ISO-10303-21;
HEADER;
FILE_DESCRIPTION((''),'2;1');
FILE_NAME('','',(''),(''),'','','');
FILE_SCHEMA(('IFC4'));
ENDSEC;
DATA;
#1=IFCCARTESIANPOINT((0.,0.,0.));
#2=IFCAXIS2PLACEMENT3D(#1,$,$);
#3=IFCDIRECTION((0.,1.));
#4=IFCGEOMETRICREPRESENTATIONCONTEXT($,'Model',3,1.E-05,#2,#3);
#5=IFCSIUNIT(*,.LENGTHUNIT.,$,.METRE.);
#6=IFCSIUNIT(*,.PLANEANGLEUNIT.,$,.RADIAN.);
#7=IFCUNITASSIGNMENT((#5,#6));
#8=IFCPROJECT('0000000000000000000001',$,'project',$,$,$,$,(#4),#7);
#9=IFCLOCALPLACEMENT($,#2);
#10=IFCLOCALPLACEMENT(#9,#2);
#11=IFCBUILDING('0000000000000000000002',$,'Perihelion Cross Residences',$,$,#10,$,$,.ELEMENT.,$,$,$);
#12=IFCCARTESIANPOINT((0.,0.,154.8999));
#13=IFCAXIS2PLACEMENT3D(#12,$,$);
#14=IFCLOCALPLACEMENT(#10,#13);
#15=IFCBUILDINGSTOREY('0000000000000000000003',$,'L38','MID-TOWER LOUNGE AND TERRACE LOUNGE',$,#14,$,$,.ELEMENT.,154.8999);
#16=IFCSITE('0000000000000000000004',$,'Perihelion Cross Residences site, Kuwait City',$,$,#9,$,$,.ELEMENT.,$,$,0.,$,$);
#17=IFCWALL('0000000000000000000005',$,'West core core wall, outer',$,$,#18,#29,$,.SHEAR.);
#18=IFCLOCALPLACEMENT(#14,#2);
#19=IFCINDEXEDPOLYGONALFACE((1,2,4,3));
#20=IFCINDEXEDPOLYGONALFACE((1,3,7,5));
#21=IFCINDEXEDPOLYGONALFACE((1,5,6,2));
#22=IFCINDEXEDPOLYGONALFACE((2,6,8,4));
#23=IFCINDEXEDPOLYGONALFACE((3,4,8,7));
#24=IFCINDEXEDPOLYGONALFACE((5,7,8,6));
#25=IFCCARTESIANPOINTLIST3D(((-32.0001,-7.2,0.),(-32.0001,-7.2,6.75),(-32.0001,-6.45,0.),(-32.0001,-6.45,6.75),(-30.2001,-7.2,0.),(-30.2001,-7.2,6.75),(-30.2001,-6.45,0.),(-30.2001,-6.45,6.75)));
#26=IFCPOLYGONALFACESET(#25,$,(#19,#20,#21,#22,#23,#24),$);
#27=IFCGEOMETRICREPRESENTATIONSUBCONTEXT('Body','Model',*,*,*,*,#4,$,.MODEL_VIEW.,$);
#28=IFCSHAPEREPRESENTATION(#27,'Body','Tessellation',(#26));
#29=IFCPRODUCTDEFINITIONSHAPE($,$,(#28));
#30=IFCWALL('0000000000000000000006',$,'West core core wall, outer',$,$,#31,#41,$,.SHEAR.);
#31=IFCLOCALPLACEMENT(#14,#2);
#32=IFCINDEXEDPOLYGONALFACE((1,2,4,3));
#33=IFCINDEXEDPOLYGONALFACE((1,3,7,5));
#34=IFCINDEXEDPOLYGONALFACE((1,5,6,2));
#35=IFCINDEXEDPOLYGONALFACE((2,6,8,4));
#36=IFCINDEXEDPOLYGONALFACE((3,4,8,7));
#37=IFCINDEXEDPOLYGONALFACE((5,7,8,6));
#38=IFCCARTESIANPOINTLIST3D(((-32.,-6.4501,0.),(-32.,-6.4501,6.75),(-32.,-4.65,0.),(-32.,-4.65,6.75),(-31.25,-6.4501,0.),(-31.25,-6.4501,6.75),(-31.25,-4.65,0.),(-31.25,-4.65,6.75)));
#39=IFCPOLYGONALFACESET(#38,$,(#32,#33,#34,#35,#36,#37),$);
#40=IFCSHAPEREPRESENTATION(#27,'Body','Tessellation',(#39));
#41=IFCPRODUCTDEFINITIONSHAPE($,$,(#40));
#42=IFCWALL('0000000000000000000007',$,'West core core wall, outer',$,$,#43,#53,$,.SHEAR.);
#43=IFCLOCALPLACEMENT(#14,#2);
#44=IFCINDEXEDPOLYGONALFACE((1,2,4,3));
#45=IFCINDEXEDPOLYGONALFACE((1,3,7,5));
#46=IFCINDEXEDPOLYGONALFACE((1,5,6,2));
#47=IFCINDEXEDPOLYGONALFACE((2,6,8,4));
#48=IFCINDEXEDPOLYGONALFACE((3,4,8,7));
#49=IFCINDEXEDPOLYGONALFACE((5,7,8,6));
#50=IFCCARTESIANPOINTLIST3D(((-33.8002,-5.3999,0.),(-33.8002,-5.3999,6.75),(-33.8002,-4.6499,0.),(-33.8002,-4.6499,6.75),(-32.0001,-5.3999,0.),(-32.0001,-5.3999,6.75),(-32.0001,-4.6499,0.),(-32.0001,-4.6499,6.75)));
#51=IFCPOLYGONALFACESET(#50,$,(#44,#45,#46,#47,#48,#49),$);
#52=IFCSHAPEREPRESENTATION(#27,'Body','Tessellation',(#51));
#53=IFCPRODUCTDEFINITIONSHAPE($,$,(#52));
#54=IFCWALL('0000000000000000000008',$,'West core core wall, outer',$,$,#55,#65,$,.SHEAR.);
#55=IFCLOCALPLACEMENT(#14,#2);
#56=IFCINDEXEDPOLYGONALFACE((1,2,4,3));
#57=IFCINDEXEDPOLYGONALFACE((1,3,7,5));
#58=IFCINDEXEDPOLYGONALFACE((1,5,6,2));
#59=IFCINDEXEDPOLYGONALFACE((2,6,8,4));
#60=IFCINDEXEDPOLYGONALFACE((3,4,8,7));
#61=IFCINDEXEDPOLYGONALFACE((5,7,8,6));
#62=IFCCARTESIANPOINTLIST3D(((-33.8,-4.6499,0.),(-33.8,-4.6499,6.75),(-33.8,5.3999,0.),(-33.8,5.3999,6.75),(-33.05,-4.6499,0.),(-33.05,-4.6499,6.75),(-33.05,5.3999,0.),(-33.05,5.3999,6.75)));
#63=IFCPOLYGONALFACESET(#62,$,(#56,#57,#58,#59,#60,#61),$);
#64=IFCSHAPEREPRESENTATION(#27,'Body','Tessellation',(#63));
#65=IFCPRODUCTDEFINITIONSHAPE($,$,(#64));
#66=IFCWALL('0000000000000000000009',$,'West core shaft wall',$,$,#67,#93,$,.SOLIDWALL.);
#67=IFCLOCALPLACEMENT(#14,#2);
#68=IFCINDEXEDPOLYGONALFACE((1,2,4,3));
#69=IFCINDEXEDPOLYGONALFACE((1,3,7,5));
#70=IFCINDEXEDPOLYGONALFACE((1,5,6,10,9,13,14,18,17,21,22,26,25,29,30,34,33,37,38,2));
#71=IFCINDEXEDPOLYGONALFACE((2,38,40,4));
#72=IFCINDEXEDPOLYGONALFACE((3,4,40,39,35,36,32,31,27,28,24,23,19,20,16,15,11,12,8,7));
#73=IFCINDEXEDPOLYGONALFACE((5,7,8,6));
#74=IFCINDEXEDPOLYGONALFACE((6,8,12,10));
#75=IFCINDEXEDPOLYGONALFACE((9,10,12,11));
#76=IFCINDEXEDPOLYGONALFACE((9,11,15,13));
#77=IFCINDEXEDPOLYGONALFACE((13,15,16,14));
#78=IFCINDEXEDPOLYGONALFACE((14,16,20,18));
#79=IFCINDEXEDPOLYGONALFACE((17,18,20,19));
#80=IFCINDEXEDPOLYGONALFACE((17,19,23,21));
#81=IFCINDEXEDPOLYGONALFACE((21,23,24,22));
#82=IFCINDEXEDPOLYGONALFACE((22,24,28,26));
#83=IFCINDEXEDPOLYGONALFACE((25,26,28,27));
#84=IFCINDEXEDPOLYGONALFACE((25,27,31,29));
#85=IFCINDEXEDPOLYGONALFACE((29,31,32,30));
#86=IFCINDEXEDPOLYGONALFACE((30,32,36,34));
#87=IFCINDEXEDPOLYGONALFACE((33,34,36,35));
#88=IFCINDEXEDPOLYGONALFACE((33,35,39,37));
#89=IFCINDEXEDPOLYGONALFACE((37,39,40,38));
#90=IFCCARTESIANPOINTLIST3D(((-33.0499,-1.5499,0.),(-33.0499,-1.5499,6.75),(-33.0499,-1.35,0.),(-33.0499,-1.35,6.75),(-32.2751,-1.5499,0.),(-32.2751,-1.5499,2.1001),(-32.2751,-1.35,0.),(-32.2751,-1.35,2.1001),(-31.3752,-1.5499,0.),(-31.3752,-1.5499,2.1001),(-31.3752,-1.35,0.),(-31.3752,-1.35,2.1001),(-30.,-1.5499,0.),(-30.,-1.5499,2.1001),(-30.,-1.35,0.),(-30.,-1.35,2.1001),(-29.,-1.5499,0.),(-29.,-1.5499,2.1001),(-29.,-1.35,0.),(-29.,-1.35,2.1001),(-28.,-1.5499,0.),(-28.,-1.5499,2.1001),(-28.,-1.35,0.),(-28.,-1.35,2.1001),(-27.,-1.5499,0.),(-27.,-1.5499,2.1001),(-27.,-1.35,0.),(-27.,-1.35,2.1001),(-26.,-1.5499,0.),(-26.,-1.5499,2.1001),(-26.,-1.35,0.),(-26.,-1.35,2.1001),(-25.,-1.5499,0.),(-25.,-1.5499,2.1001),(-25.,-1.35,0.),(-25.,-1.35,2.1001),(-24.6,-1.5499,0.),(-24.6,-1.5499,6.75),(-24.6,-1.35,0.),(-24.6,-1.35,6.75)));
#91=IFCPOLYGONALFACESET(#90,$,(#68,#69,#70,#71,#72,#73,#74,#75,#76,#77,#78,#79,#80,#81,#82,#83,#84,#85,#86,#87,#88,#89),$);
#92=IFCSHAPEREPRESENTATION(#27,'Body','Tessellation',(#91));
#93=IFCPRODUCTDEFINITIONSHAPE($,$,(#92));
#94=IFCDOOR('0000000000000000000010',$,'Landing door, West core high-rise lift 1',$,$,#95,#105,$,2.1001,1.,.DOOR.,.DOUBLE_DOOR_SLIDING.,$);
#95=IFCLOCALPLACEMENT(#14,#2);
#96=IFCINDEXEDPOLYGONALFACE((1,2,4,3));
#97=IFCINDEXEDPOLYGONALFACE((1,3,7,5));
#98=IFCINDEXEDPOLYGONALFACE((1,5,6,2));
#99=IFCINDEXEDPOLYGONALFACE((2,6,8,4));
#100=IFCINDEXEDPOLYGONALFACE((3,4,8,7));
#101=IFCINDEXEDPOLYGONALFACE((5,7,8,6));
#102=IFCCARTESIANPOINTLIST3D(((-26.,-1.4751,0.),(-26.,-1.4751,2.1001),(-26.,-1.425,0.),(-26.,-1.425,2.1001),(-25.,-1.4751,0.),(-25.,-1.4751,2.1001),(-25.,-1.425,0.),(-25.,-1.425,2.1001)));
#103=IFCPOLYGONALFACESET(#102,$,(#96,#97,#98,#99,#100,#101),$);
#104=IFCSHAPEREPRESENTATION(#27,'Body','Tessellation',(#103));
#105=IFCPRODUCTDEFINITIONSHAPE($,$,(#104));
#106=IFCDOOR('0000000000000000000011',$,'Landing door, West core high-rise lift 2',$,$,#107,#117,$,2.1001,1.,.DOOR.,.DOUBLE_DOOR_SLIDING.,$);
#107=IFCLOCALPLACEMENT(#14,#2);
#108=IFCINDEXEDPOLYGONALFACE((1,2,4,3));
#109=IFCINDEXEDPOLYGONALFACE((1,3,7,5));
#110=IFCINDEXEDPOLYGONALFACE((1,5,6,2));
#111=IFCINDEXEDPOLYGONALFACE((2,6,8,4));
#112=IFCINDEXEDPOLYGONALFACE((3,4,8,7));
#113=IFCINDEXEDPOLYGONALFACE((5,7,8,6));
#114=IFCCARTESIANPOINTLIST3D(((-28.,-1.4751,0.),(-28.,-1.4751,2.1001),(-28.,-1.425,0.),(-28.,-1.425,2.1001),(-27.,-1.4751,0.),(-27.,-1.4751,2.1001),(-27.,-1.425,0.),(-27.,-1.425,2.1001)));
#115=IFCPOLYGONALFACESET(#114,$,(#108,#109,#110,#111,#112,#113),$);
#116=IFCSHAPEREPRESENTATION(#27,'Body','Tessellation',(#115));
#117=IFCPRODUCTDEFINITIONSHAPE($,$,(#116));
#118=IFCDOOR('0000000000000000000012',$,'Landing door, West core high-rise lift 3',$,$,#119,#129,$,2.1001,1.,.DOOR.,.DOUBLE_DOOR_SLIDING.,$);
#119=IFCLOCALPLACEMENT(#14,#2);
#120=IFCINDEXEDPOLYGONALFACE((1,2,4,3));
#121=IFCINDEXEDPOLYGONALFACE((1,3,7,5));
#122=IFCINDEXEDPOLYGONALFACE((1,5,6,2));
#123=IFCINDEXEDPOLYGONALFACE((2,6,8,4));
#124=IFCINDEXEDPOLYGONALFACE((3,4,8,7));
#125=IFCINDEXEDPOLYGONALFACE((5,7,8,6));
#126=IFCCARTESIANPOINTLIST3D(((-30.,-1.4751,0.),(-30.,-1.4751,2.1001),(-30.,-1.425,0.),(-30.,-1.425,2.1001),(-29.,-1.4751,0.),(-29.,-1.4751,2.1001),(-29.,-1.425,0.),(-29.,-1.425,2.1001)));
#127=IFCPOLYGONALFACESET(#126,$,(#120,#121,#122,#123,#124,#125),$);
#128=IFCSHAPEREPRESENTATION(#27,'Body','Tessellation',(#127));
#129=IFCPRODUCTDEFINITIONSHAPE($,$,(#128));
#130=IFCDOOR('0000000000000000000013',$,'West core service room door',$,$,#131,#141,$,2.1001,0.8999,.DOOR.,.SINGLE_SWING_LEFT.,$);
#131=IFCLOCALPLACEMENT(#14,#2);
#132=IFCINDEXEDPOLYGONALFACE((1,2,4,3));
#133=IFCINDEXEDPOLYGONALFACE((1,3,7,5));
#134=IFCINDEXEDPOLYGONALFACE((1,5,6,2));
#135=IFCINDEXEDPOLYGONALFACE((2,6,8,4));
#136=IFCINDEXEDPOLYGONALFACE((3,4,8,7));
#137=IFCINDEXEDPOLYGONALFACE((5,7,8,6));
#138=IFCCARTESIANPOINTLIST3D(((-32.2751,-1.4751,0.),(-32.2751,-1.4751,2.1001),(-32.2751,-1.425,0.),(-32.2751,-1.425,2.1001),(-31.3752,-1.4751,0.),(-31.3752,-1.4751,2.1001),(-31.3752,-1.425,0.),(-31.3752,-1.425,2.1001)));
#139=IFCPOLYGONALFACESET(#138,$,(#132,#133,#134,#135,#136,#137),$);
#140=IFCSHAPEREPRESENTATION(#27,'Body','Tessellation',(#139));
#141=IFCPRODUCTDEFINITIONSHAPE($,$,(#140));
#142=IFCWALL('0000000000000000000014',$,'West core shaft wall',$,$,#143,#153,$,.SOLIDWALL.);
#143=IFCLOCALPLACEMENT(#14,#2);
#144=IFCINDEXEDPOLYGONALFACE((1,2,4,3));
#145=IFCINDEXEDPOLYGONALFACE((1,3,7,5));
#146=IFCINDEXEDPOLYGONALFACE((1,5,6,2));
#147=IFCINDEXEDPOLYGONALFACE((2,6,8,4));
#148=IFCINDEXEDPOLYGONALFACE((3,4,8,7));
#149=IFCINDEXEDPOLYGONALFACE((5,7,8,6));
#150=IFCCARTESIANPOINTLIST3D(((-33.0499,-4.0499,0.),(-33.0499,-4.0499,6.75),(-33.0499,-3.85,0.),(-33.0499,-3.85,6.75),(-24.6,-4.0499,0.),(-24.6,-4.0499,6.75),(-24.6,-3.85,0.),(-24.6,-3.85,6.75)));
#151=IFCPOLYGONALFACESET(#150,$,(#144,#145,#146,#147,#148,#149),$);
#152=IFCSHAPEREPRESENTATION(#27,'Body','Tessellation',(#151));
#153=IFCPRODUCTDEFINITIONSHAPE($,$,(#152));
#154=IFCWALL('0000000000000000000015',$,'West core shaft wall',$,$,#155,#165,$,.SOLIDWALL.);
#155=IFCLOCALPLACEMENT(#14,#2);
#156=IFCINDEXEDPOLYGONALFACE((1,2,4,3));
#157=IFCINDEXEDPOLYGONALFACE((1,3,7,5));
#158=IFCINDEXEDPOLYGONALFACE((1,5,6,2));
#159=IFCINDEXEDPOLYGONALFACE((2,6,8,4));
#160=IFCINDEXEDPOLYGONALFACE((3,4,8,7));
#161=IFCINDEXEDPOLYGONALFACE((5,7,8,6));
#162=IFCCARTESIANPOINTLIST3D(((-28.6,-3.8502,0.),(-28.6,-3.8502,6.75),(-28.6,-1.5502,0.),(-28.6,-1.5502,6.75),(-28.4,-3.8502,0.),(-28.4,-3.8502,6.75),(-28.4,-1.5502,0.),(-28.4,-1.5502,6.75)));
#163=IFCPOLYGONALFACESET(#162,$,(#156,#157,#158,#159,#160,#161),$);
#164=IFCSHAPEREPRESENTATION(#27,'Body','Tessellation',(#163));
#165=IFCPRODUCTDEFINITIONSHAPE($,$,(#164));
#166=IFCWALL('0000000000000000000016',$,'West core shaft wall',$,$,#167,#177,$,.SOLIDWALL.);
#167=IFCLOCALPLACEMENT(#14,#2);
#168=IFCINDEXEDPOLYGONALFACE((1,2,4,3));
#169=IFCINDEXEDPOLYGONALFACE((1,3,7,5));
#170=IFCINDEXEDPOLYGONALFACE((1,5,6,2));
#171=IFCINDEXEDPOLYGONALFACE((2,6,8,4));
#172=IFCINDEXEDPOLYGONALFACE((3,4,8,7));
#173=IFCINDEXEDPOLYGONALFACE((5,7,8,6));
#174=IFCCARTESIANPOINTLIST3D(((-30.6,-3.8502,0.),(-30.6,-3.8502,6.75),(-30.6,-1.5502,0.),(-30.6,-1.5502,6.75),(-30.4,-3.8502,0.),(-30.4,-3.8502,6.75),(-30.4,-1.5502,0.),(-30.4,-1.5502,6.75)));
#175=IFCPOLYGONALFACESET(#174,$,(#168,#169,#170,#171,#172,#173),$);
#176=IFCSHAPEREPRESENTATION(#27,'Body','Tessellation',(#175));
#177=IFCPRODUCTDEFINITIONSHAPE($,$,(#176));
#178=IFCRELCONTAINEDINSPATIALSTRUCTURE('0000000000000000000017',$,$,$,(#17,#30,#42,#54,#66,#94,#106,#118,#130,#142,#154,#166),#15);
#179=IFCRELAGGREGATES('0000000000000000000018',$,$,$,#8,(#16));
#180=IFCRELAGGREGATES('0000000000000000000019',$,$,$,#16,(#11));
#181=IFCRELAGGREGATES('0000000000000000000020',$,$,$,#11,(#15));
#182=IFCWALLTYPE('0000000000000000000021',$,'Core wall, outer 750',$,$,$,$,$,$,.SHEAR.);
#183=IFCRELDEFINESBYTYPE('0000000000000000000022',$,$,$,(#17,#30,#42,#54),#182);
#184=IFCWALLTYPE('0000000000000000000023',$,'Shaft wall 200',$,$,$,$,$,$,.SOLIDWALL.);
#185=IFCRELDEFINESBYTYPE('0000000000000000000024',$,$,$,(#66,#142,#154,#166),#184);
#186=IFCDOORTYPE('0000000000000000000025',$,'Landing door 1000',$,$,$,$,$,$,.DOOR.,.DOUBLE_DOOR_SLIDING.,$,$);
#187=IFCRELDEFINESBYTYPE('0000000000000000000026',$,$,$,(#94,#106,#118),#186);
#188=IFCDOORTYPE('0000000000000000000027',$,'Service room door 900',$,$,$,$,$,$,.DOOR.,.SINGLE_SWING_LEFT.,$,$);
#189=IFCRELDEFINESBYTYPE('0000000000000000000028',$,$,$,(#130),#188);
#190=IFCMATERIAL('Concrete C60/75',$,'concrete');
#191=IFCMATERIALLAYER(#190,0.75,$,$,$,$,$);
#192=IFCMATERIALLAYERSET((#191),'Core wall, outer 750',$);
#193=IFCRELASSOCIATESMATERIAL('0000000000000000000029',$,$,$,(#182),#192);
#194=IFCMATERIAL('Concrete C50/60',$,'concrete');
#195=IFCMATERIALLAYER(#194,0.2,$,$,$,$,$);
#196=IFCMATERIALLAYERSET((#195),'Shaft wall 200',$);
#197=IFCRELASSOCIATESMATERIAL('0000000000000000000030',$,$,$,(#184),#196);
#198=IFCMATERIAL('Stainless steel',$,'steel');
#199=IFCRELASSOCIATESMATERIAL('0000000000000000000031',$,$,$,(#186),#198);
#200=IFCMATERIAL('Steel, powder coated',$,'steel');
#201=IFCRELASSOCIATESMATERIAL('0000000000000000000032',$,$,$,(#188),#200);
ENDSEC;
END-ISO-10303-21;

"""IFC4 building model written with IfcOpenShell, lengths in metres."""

from ifc_helpers import new_model, si_unit, direction, frame, frame_2d, origin, place, context, subcontext, project, spatial, rectangle, extrude, material, layer, layer_set, type_object, element, fill, save


model = new_model("IFC4")

# Units and contexts
model_context = context("Model", 3, precision=1e-05, world=origin(), true_north=direction((0.0, 1.0)))
body_context = subcontext(model_context, "Body", "Model", "MODEL_VIEW")
ifc_project = project(units=[si_unit("LENGTHUNIT", "METRE"), si_unit("PLANEANGLEUNIT", "RADIAN")], contexts=[model_context])

# Site, building, storey
site_placement = place(None, origin())
site = spatial("IfcSite", under=ifc_project, at=site_placement, Name="Perihelion Cross Residences site, Kuwait City", CompositionType="ELEMENT", RefElevation=0.0)
building_placement = place(site_placement, origin())
building = spatial("IfcBuilding", under=site, at=building_placement, Name="Perihelion Cross Residences", CompositionType="ELEMENT")
storey_placement = place(building_placement, frame((0.0, 0.0, 154.8999)))
storey = spatial("IfcBuildingStorey", under=building, at=storey_placement, Name="L38", Description="MID-TOWER LOUNGE AND TERRACE LOUNGE", CompositionType="ELEMENT", Elevation=154.8999)

# Walls
ifc_material_1 = material(Name="Concrete C60/75", Category="concrete")
ifc_layer_1 = layer(ifc_material_1, 0.75)
ifc_layer_set_1 = layer_set([ifc_layer_1], Name="Core wall, outer 750")
wall_type_1 = type_object("IfcWallType", Name="Core wall, outer 750", PredefinedType="SHEAR", material=ifc_layer_set_1)
for number, where, z_axis, x_axis, name in (
    (1, (-32.0, -6.825, 0.0), (0.0, 0.0, 1.0), (1.0, 0.0, 0.0), "West core core wall, outer"),
    (2, (-31.625, -6.45, 0.0), (0.0, 0.0, 1.0), (0.0, 1.0, 0.0), "West core core wall, outer"),
    (3, (-33.8, -5.0249, 0.0), (0.0, 0.0, 1.0), (1.0, 0.0, 0.0), "West core core wall, outer"),
):
    element("IfcWall", number, at=place(storey_placement, frame(where, z_axis=z_axis, x_axis=x_axis)), inside=storey, type_object=wall_type_1, Name=name, PredefinedType="SHEAR", context=body_context, shape_type="SweptSolid", body=[
        extrude(rectangle(XDim=1.8, YDim=0.75, at=frame_2d((0.8999, 0.0))), origin(), (0.0, 0.0, 1.0), 6.75),
    ])
wall_1_placement = place(storey_placement, frame((-33.425, -4.6499, 0.0), z_axis=(0.0, 0.0, 1.0), x_axis=(0.0, 1.0, 0.0)))
element("IfcWall", 4, at=wall_1_placement, inside=storey, type_object=wall_type_1, Name="West core core wall, outer", PredefinedType="SHEAR", context=body_context, shape_type="SweptSolid", body=[
    extrude(rectangle(XDim=10.0498, YDim=0.75, at=frame_2d((5.0249, 0.0))), origin(), (0.0, 0.0, 1.0), 6.75),
])

# Wall, openings, doors
ifc_material_2 = material(Name="Concrete C50/60", Category="concrete")
ifc_layer_2 = layer(ifc_material_2, 0.2)
ifc_layer_set_2 = layer_set([ifc_layer_2], Name="Shaft wall 200")
wall_type_2 = type_object("IfcWallType", Name="Shaft wall 200", PredefinedType="SOLIDWALL", material=ifc_layer_set_2)
wall_2_placement = place(storey_placement, frame((-33.05, -1.45, 0.0), z_axis=(0.0, 0.0, 1.0), x_axis=(1.0, 0.0, 0.0)))
wall_2 = element("IfcWall", 5, at=wall_2_placement, inside=storey, type_object=wall_type_2, Name="West core shaft wall", PredefinedType="SOLIDWALL", context=body_context, shape_type="SweptSolid", body=[
    extrude(rectangle(XDim=8.45, YDim=0.2, at=frame_2d((4.2251, 0.0))), origin(), (0.0, 0.0, 1.0), 6.75),
])
opening_1_placement = place(wall_2_placement, frame((7.05, 0.0, 0.0)))
opening_1 = element("IfcOpeningElement", 6, at=opening_1_placement, cuts=wall_2, PredefinedType="OPENING", context=body_context, shape_type="SweptSolid", body=[
    extrude(rectangle(XDim=1.0, YDim=2.1001, at=frame_2d((0.5, 1.05))), frame((0.0, 0.1099, 0.0), z_axis=(0.0, -1.0, 0.0), x_axis=(1.0, 0.0, 0.0)), (0.0, 0.0, 1.0), 0.22),
])
opening_2_placement = place(wall_2_placement, frame((5.05, 0.0, 0.0)))
opening_2 = element("IfcOpeningElement", 7, at=opening_2_placement, cuts=wall_2, PredefinedType="OPENING", context=body_context, shape_type="SweptSolid", body=[
    extrude(rectangle(XDim=1.0, YDim=2.1001, at=frame_2d((0.5, 1.05))), frame((0.0, 0.1099, 0.0), z_axis=(0.0, -1.0, 0.0), x_axis=(1.0, 0.0, 0.0)), (0.0, 0.0, 1.0), 0.22),
])
opening_3_placement = place(wall_2_placement, frame((3.05, 0.0, 0.0)))
opening_3 = element("IfcOpeningElement", 8, at=opening_3_placement, cuts=wall_2, PredefinedType="OPENING", context=body_context, shape_type="SweptSolid", body=[
    extrude(rectangle(XDim=1.0, YDim=2.1001, at=frame_2d((0.5, 1.05))), frame((0.0, 0.1099, 0.0), z_axis=(0.0, -1.0, 0.0), x_axis=(1.0, 0.0, 0.0)), (0.0, 0.0, 1.0), 0.22),
])
opening_4_placement = place(wall_2_placement, frame((0.7749, 0.0, 0.0)))
opening_4 = element("IfcOpeningElement", 9, at=opening_4_placement, cuts=wall_2, PredefinedType="OPENING", context=body_context, shape_type="SweptSolid", body=[
    extrude(rectangle(XDim=0.8999, YDim=2.1001, at=frame_2d((0.45, 1.05))), frame((0.0, 0.1099, 0.0), z_axis=(0.0, -1.0, 0.0), x_axis=(1.0, 0.0, 0.0)), (0.0, 0.0, 1.0), 0.22),
])
ifc_material_3 = material(Name="Stainless steel", Category="steel")
door_type_1 = type_object("IfcDoorType", Name="Landing door 1000", OperationType="DOUBLE_DOOR_SLIDING", PredefinedType="DOOR", material=ifc_material_3)
door_1_placement = place(opening_1_placement, origin())
door_1 = element("IfcDoor", 10, at=door_1_placement, inside=storey, type_object=door_type_1, Name="Landing door, West core high-rise lift 1", OperationType="DOUBLE_DOOR_SLIDING", OverallHeight=2.1001, OverallWidth=1.0, PredefinedType="DOOR", context=body_context, shape_type="SweptSolid", body=[
    extrude(rectangle(XDim=1.0, YDim=2.1001, at=frame_2d((0.5, 1.05))), frame((0.0, 0.0249, 0.0), z_axis=(0.0, -1.0, 0.0), x_axis=(1.0, 0.0, 0.0)), (0.0, 0.0, 1.0), 0.05),
])
fill(opening_1, door_1)
door_2_placement = place(opening_2_placement, origin())
door_2 = element("IfcDoor", 11, at=door_2_placement, inside=storey, type_object=door_type_1, Name="Landing door, West core high-rise lift 2", OperationType="DOUBLE_DOOR_SLIDING", OverallHeight=2.1001, OverallWidth=1.0, PredefinedType="DOOR", context=body_context, shape_type="SweptSolid", body=[
    extrude(rectangle(XDim=1.0, YDim=2.1001, at=frame_2d((0.5, 1.05))), frame((0.0, 0.0249, 0.0), z_axis=(0.0, -1.0, 0.0), x_axis=(1.0, 0.0, 0.0)), (0.0, 0.0, 1.0), 0.05),
])
fill(opening_2, door_2)
door_3_placement = place(opening_3_placement, origin())
door_3 = element("IfcDoor", 12, at=door_3_placement, inside=storey, type_object=door_type_1, Name="Landing door, West core high-rise lift 3", OperationType="DOUBLE_DOOR_SLIDING", OverallHeight=2.1001, OverallWidth=1.0, PredefinedType="DOOR", context=body_context, shape_type="SweptSolid", body=[
    extrude(rectangle(XDim=1.0, YDim=2.1001, at=frame_2d((0.5, 1.05))), frame((0.0, 0.0249, 0.0), z_axis=(0.0, -1.0, 0.0), x_axis=(1.0, 0.0, 0.0)), (0.0, 0.0, 1.0), 0.05),
])
fill(opening_3, door_3)
ifc_material_4 = material(Name="Steel, powder coated", Category="steel")
door_type_2 = type_object("IfcDoorType", Name="Service room door 900", OperationType="SINGLE_SWING_LEFT", PredefinedType="DOOR", material=ifc_material_4)
door_4_placement = place(opening_4_placement, origin())
door_4 = element("IfcDoor", 13, at=door_4_placement, inside=storey, type_object=door_type_2, Name="West core service room door", OperationType="SINGLE_SWING_LEFT", OverallHeight=2.1001, OverallWidth=0.8999, PredefinedType="DOOR", context=body_context, shape_type="SweptSolid", body=[
    extrude(rectangle(XDim=0.8999, YDim=2.1001, at=frame_2d((0.45, 1.05))), frame((0.0, 0.0249, 0.0), z_axis=(0.0, -1.0, 0.0), x_axis=(1.0, 0.0, 0.0)), (0.0, 0.0, 1.0), 0.05),
])
fill(opening_4, door_4)

# Walls
wall_3_placement = place(storey_placement, frame((-33.05, -3.95, 0.0), z_axis=(0.0, 0.0, 1.0), x_axis=(1.0, 0.0, 0.0)))
element("IfcWall", 14, at=wall_3_placement, inside=storey, type_object=wall_type_2, Name="West core shaft wall", PredefinedType="SOLIDWALL", context=body_context, shape_type="SweptSolid", body=[
    extrude(rectangle(XDim=8.45, YDim=0.2, at=frame_2d((4.2251, 0.0))), origin(), (0.0, 0.0, 1.0), 6.75),
])
for number, where, z_axis, x_axis, name in (
    (15, (-28.5, -3.8501, 0.0), (0.0, 0.0, 1.0), (0.0, 1.0, 0.0), "West core shaft wall"),
    (16, (-30.5, -3.8501, 0.0), (0.0, 0.0, 1.0), (0.0, 1.0, 0.0), "West core shaft wall"),
):
    element("IfcWall", number, at=place(storey_placement, frame(where, z_axis=z_axis, x_axis=x_axis)), inside=storey, type_object=wall_type_2, Name=name, PredefinedType="SOLIDWALL", context=body_context, shape_type="SweptSolid", body=[
        extrude(rectangle(XDim=2.3, YDim=0.2, at=frame_2d((1.1499, 0.0))), origin(), (0.0, 0.0, 1.0), 6.75),
    ])

save(model, "model.ifc")
